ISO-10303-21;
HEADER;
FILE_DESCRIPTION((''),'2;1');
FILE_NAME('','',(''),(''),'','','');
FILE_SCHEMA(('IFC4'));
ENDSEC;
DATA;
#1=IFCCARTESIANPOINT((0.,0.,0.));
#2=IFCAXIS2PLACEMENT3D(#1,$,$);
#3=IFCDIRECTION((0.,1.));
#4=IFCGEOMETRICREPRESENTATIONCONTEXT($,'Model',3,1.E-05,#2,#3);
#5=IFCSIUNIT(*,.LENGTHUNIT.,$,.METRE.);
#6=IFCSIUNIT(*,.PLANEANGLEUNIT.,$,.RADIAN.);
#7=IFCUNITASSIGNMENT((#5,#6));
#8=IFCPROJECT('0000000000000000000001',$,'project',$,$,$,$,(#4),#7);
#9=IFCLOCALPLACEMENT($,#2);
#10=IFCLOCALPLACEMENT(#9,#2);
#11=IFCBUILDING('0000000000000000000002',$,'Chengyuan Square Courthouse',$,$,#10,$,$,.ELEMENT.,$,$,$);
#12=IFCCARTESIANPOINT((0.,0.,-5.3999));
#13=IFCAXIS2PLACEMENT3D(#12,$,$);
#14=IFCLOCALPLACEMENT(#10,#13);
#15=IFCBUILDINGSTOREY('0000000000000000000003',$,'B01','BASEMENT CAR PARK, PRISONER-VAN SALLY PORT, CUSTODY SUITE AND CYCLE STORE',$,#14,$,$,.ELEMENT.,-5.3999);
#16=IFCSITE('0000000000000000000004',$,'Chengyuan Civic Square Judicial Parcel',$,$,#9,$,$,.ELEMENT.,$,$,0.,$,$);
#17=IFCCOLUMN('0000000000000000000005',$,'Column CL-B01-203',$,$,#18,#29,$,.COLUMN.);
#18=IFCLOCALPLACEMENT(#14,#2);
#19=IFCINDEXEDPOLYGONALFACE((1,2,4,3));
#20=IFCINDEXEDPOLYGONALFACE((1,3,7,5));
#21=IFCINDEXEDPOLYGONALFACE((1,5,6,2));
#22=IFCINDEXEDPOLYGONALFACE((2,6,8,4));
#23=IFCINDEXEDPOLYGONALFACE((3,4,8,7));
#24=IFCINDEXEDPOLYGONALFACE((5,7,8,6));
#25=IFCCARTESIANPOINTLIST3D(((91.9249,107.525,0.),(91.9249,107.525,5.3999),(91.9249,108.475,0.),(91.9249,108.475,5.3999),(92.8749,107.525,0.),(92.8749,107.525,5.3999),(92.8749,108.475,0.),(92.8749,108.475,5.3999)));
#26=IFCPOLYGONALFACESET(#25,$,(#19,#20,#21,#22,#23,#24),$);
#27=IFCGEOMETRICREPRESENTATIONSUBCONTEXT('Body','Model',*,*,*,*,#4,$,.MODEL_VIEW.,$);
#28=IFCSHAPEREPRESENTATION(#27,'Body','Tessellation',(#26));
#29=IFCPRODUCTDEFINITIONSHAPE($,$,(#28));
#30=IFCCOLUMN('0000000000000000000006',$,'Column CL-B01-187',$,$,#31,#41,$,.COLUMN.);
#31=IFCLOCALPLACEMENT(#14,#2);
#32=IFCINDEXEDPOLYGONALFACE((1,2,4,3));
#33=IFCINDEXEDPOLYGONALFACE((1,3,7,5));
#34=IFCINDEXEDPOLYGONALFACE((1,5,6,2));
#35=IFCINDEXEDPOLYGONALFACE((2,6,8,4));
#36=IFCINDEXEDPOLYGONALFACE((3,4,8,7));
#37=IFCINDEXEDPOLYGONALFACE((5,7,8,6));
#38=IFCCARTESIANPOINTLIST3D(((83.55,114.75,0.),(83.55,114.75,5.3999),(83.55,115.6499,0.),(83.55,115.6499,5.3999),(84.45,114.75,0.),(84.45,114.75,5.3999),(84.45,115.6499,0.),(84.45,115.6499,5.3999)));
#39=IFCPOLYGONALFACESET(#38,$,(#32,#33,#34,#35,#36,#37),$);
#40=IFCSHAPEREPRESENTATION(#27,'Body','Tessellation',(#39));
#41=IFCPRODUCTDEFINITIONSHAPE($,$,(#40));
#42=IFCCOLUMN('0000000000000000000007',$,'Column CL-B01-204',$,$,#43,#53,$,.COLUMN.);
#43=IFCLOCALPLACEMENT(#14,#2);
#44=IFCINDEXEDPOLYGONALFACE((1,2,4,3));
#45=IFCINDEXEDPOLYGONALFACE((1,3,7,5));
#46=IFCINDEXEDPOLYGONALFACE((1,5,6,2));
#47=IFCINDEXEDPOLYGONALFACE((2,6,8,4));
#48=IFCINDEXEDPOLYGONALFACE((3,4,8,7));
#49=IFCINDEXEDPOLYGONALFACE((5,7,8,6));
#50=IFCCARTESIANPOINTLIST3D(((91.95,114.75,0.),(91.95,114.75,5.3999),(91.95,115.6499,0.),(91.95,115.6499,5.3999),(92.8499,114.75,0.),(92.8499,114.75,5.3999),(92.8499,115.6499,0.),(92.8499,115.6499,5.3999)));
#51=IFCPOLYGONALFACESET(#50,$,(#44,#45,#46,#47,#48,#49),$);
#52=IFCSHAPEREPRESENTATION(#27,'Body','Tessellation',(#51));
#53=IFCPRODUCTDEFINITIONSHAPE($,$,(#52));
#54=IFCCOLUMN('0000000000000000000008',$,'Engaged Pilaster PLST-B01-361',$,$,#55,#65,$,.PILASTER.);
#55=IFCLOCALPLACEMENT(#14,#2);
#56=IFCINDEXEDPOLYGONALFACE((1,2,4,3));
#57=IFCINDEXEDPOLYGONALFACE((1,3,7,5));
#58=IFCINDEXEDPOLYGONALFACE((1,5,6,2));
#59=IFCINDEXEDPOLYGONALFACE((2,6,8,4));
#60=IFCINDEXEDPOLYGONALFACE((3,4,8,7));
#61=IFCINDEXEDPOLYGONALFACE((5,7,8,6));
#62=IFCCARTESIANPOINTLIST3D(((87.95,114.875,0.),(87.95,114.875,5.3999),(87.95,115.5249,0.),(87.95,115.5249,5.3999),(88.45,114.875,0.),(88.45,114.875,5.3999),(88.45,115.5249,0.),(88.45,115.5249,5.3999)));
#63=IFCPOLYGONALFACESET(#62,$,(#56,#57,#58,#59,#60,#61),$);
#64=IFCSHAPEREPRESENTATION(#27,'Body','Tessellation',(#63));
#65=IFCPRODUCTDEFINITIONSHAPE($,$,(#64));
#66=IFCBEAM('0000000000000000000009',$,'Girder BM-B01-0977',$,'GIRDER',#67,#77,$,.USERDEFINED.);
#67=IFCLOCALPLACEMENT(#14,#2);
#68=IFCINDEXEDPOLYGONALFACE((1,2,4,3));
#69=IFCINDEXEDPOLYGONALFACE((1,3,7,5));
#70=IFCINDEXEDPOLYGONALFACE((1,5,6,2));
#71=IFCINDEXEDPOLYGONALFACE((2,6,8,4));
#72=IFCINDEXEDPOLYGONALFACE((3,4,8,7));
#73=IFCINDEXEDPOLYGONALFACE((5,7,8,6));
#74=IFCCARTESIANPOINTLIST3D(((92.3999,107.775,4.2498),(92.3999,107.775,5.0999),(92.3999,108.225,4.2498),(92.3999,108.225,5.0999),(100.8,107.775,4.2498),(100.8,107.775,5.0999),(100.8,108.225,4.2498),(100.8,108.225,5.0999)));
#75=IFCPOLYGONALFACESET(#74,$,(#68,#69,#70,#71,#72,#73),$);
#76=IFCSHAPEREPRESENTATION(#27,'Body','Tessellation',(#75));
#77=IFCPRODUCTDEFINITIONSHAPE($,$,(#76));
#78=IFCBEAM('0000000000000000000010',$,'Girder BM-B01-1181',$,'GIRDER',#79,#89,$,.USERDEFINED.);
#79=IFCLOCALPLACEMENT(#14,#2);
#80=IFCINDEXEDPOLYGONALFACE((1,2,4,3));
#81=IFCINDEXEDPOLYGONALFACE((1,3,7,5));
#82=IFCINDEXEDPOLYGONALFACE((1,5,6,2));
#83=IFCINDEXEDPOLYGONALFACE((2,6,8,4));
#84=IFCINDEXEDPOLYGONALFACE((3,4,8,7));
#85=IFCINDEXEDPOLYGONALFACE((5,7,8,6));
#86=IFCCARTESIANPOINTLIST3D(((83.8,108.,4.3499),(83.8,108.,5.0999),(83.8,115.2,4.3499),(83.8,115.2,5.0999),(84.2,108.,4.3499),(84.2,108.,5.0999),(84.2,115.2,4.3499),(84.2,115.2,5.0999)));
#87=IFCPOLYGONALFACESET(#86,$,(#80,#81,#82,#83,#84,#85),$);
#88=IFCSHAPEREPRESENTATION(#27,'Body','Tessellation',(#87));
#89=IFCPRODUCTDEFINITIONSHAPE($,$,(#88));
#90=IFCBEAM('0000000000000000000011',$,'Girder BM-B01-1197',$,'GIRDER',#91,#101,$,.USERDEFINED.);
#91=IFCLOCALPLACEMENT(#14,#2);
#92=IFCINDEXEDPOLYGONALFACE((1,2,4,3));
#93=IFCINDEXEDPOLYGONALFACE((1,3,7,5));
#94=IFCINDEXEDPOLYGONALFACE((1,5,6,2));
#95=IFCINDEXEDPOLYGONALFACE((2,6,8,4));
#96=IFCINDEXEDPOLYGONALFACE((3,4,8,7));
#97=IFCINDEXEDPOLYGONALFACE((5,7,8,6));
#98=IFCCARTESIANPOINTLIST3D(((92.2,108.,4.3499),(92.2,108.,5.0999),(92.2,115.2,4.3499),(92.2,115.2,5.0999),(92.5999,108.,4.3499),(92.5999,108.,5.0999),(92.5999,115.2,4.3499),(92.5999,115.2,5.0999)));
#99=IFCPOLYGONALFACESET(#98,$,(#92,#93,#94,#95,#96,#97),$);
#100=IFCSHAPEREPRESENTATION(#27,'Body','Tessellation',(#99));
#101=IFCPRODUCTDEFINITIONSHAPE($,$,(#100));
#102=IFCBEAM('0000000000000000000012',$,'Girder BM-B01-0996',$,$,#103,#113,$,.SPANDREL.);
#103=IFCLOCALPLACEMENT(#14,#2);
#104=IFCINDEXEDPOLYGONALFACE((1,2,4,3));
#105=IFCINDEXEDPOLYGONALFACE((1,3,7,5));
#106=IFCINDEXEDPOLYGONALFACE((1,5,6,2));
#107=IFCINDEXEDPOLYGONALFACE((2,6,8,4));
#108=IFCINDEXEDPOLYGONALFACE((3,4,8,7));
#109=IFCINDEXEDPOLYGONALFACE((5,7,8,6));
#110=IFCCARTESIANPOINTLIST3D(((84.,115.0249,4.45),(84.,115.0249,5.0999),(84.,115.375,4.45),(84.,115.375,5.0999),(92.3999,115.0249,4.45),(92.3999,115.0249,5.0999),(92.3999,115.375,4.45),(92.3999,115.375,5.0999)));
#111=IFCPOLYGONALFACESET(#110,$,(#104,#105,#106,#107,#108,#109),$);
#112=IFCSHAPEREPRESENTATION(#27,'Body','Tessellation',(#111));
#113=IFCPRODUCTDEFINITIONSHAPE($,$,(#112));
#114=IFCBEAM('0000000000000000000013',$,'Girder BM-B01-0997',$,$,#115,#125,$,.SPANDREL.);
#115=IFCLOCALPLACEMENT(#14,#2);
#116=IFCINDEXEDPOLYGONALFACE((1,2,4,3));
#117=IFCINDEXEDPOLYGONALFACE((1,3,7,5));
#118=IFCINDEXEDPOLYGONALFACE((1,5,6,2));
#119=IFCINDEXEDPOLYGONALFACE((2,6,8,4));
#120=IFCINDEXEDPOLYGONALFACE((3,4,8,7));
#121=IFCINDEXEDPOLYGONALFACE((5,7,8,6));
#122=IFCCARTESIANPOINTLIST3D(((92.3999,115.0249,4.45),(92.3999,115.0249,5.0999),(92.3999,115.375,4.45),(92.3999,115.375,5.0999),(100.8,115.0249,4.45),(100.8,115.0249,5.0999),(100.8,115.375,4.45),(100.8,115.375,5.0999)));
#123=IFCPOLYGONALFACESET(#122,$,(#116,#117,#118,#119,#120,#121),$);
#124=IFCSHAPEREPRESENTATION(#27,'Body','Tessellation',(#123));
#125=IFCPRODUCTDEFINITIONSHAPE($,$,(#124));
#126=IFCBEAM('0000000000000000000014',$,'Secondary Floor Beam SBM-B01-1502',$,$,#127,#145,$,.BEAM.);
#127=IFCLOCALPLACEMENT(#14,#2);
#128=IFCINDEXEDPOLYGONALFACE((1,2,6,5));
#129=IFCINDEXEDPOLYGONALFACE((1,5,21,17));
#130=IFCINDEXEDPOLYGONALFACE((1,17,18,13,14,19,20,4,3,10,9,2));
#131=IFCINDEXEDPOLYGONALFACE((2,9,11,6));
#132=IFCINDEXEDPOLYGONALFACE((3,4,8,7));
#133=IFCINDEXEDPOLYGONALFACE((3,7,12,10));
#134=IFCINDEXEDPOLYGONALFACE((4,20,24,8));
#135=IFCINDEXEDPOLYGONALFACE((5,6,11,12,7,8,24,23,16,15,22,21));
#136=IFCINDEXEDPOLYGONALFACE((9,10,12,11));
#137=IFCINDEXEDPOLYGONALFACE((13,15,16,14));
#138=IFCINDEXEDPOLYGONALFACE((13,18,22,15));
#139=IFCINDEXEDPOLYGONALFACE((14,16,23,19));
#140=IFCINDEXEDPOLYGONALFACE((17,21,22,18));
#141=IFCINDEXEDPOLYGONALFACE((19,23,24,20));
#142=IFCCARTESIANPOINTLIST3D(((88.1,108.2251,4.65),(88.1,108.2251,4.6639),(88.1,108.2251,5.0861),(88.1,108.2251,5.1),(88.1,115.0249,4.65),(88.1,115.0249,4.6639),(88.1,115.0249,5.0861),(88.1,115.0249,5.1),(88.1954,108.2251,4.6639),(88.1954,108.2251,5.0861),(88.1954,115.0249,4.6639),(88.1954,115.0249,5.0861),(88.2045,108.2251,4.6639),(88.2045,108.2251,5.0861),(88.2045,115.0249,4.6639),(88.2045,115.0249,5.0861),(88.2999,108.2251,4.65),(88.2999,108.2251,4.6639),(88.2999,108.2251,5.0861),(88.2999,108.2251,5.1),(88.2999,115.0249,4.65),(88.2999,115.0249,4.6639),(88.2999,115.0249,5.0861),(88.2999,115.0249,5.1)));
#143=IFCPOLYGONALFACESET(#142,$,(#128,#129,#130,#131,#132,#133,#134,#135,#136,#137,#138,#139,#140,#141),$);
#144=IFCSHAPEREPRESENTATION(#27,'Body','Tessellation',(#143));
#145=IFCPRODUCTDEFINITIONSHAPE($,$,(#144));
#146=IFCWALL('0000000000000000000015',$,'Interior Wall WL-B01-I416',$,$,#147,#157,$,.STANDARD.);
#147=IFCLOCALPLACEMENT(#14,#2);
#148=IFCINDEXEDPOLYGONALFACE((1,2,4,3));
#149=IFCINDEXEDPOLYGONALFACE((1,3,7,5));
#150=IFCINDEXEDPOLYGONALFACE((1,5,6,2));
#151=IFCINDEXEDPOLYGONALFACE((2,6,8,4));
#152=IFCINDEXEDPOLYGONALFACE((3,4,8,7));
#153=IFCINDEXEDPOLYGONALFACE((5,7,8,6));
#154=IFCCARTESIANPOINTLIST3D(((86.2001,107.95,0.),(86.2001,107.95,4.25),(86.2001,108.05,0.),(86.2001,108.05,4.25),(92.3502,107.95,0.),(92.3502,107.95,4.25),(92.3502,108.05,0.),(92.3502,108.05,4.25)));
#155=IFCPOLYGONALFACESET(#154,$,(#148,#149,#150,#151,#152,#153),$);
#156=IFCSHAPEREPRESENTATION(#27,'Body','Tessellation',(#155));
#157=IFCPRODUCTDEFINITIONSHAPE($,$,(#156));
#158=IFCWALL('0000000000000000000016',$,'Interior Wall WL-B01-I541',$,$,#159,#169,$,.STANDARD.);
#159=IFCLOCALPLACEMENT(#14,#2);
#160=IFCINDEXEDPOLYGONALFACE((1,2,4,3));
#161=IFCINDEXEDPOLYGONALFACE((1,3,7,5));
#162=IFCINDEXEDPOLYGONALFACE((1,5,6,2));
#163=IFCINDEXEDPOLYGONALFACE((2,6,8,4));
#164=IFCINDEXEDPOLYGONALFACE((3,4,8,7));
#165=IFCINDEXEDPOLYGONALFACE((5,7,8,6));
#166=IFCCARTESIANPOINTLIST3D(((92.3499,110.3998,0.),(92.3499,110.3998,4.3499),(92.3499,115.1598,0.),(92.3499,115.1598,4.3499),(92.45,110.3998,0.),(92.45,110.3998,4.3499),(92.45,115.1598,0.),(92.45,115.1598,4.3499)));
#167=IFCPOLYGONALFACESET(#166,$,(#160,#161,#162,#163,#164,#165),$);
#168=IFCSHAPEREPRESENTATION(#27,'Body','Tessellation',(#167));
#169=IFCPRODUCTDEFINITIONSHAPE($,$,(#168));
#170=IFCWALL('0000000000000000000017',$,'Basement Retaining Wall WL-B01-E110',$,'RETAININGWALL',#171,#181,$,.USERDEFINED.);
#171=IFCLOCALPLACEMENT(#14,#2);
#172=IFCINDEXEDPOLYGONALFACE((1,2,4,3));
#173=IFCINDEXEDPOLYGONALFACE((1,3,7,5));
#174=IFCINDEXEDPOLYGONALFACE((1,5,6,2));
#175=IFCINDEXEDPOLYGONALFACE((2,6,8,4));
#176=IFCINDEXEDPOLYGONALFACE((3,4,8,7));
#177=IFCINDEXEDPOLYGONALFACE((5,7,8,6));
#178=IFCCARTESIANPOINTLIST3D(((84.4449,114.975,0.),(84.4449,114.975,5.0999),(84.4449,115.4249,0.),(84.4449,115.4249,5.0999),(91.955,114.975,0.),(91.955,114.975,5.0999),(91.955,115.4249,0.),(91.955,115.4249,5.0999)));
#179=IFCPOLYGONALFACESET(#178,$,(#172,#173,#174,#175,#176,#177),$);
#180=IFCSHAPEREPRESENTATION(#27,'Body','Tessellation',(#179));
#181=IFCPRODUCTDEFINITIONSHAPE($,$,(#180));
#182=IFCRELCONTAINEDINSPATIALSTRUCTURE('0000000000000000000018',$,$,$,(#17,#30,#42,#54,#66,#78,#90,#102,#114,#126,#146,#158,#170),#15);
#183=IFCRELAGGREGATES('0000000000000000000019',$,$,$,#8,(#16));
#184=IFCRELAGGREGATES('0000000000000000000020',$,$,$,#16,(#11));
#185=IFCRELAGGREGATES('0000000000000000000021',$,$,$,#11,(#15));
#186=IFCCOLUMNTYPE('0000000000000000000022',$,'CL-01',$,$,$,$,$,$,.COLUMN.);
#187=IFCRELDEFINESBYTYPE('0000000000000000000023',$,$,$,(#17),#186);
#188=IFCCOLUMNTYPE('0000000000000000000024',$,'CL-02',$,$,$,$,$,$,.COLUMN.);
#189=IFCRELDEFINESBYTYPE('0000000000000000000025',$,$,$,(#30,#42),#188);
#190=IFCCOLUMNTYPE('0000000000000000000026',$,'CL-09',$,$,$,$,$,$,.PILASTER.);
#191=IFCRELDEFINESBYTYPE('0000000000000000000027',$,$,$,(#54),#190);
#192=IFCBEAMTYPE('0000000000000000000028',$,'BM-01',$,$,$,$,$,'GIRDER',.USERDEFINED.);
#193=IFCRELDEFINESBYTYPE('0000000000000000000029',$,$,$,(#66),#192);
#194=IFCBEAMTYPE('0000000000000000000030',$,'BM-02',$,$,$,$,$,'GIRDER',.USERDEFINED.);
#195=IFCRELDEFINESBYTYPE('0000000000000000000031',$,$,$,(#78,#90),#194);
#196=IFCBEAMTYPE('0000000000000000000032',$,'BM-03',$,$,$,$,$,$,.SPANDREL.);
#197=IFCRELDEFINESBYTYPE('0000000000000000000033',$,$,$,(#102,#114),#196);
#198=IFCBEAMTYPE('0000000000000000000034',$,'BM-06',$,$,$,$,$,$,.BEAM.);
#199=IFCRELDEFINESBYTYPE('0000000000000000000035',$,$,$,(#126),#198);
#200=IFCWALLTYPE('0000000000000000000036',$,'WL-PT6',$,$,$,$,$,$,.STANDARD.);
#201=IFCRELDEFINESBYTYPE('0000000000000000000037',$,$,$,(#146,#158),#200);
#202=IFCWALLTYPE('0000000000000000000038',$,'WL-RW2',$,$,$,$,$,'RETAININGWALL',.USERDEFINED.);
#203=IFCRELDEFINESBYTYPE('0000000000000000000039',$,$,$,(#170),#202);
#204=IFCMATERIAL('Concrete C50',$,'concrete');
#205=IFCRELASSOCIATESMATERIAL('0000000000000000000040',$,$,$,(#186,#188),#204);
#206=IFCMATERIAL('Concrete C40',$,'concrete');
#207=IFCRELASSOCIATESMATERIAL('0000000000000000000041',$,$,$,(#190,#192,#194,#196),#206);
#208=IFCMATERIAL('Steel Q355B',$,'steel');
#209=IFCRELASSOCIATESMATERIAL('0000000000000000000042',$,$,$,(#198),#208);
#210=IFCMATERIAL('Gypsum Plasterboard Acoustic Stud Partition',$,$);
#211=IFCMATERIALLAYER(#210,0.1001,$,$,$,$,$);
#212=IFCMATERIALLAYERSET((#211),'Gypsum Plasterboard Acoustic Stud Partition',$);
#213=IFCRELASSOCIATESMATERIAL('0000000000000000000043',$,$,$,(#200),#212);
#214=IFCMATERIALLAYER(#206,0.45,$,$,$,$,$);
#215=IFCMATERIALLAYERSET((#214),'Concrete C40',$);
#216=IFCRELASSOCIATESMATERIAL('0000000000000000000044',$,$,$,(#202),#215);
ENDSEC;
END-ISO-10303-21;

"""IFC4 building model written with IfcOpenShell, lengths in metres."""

from ifc_helpers import new_model, si_unit, direction, frame, frame_2d, origin, origin_2d, place, context, subcontext, project, spatial, rectangle, i_section, extrude, material, layer, layer_set, material_profile, profile_set, type_object, element, save


model = new_model("IFC4")

# Units and contexts
model_context = context("Model", 3, precision=1e-05, world=origin(), true_north=direction((0.0, 1.0)))
body_context = subcontext(model_context, "Body", "Model", "MODEL_VIEW")
ifc_project = project(units=[si_unit("LENGTHUNIT", "METRE"), si_unit("PLANEANGLEUNIT", "RADIAN")], contexts=[model_context])

# Site, building, storey
site_placement = place(None, origin())
site = spatial("IfcSite", under=ifc_project, at=site_placement, Name="Chengyuan Civic Square Judicial Parcel", CompositionType="ELEMENT", RefElevation=0.0)
building_placement = place(site_placement, origin())
building = spatial("IfcBuilding", under=site, at=building_placement, Name="Chengyuan Square Courthouse", CompositionType="ELEMENT")
storey_placement = place(building_placement, frame((0.0, 0.0, -5.3999)))
storey = spatial("IfcBuildingStorey", under=building, at=storey_placement, Name="B01", Description="BASEMENT CAR PARK, PRISONER-VAN SALLY PORT, CUSTODY SUITE AND CYCLE STORE", CompositionType="ELEMENT", Elevation=-5.3999)

# Columns
ifc_material_1 = material(Name="Concrete C50", Category="concrete")
ifc_material_profile_1 = material_profile(ifc_material_1, rectangle(XDim=0.95, YDim=0.95, at=origin_2d()), Name="RC-COL-950x950")
ifc_profile_set_1 = profile_set([ifc_material_profile_1], Name="Concrete C50")
column_type_1 = type_object("IfcColumnType", Name="CL-01", PredefinedType="COLUMN", material=ifc_profile_set_1)
column_1_placement = place(storey_placement, frame((92.3999, 108.0, 0.0), z_axis=(0.0, 0.0, 1.0), x_axis=(1.0, 0.0, 0.0)))
element("IfcColumn", 1, at=column_1_placement, inside=storey, type_object=column_type_1, Name="Column CL-B01-203", PredefinedType="COLUMN", context=body_context, shape_type="SweptSolid", body=[
    extrude(rectangle(XDim=0.95, YDim=0.95, at=origin_2d()), origin(), (0.0, 0.0, 1.0), 5.3999),
])
ifc_material_profile_2 = material_profile(ifc_material_1, rectangle(XDim=0.8999, YDim=0.8999, at=origin_2d()), Name="RC-COL-900x900")
ifc_profile_set_2 = profile_set([ifc_material_profile_2], Name="Concrete C50")
column_type_2 = type_object("IfcColumnType", Name="CL-02", PredefinedType="COLUMN", material=ifc_profile_set_2)
for number, where, z_axis, x_axis, name in (
    (2, (84.0, 115.2, 0.0), (0.0, 0.0, 1.0), (1.0, 0.0, 0.0), "Column CL-B01-187"),
    (3, (92.3999, 115.2, 0.0), (0.0, 0.0, 1.0), (1.0, 0.0, 0.0), "Column CL-B01-204"),
):
    element("IfcColumn", number, at=place(storey_placement, frame(where, z_axis=z_axis, x_axis=x_axis)), inside=storey, type_object=column_type_2, Name=name, PredefinedType="COLUMN", context=body_context, shape_type="SweptSolid", body=[
        extrude(rectangle(XDim=0.8999, YDim=0.8999, at=origin_2d()), origin(), (0.0, 0.0, 1.0), 5.3999),
    ])
ifc_material_2 = material(Name="Concrete C40", Category="concrete")
ifc_material_profile_3 = material_profile(ifc_material_2, rectangle(XDim=0.5, YDim=0.6499, at=origin_2d()), Name="RC-PIL-500x650")
ifc_profile_set_3 = profile_set([ifc_material_profile_3], Name="Concrete C40")
column_type_3 = type_object("IfcColumnType", Name="CL-09", PredefinedType="PILASTER", material=ifc_profile_set_3)
column_2_placement = place(storey_placement, frame((88.2, 115.2, 0.0), z_axis=(0.0, 0.0, 1.0), x_axis=(1.0, 0.0, 0.0)))
element("IfcColumn", 4, at=column_2_placement, inside=storey, type_object=column_type_3, Name="Engaged Pilaster PLST-B01-361", PredefinedType="PILASTER", context=body_context, shape_type="SweptSolid", body=[
    extrude(rectangle(XDim=0.5, YDim=0.6499, at=origin_2d()), origin(), (0.0, 0.0, 1.0), 5.3999),
])

# Beams
ifc_material_profile_4 = material_profile(ifc_material_2, rectangle(XDim=0.45, YDim=0.8501, at=origin_2d()), Name="RC-BM-450x850")
ifc_profile_set_4 = profile_set([ifc_material_profile_4], Name="Concrete C40")
beam_type_1 = type_object("IfcBeamType", Name="BM-01", ElementType="GIRDER", PredefinedType="USERDEFINED", material=ifc_profile_set_4)
beam_1_placement = place(storey_placement, frame((92.3999, 108.0, 4.6748), z_axis=(1.0, 0.0, 0.0), x_axis=(0.0, 1.0, 0.0)))
element("IfcBeam", 5, at=beam_1_placement, inside=storey, type_object=beam_type_1, Name="Girder BM-B01-0977", ObjectType="GIRDER", PredefinedType="USERDEFINED", context=body_context, shape_type="SweptSolid", body=[
    extrude(rectangle(XDim=0.45, YDim=0.8501, at=origin_2d()), origin(), (0.0, 0.0, 1.0), 8.4001),
])
ifc_material_profile_5 = material_profile(ifc_material_2, rectangle(XDim=0.3999, YDim=0.75, at=origin_2d()), Name="RC-BM-400x750")
ifc_profile_set_5 = profile_set([ifc_material_profile_5], Name="Concrete C40")
beam_type_2 = type_object("IfcBeamType", Name="BM-02", ElementType="GIRDER", PredefinedType="USERDEFINED", material=ifc_profile_set_5)
for number, where, z_axis, x_axis, name in (
    (6, (84.0, 108.0, 4.7249), (0.0, 1.0, 0.0), (-1.0, 0.0, 0.0), "Girder BM-B01-1181"),
    (7, (92.3999, 108.0, 4.7249), (0.0, 1.0, 0.0), (-1.0, 0.0, 0.0), "Girder BM-B01-1197"),
):
    element("IfcBeam", number, at=place(storey_placement, frame(where, z_axis=z_axis, x_axis=x_axis)), inside=storey, type_object=beam_type_2, Name=name, ObjectType="GIRDER", PredefinedType="USERDEFINED", context=body_context, shape_type="SweptSolid", body=[
        extrude(rectangle(XDim=0.3999, YDim=0.75, at=origin_2d()), origin(), (0.0, 0.0, 1.0), 7.2),
    ])
ifc_material_profile_6 = material_profile(ifc_material_2, rectangle(XDim=0.3501, YDim=0.6499, at=origin_2d()), Name="RC-BM-350x650")
ifc_profile_set_6 = profile_set([ifc_material_profile_6], Name="Concrete C40")
beam_type_3 = type_object("IfcBeamType", Name="BM-03", PredefinedType="SPANDREL", material=ifc_profile_set_6)
beam_2_placement = place(storey_placement, frame((84.0, 115.2, 4.7749), z_axis=(1.0, 0.0, 0.0), x_axis=(0.0, 1.0, 0.0)))
element("IfcBeam", 8, at=beam_2_placement, inside=storey, type_object=beam_type_3, Name="Girder BM-B01-0996", PredefinedType="SPANDREL", context=body_context, shape_type="SweptSolid", body=[
    extrude(rectangle(XDim=0.3501, YDim=0.6499, at=origin_2d()), origin(), (0.0, 0.0, 1.0), 8.3999),
])
beam_3_placement = place(storey_placement, frame((92.3999, 115.2, 4.7749), z_axis=(1.0, 0.0, 0.0), x_axis=(0.0, 1.0, 0.0)))
element("IfcBeam", 9, at=beam_3_placement, inside=storey, type_object=beam_type_3, Name="Girder BM-B01-0997", PredefinedType="SPANDREL", context=body_context, shape_type="SweptSolid", body=[
    extrude(rectangle(XDim=0.3501, YDim=0.6499, at=origin_2d()), origin(), (0.0, 0.0, 1.0), 8.4001),
])
ifc_material_3 = material(Name="Steel Q355B", Category="steel")
ifc_material_profile_7 = material_profile(ifc_material_3, i_section(OverallWidth=0.2, OverallDepth=0.45, WebThickness=0.009, FlangeThickness=0.0139, at=origin_2d()), Name="HN 450x200x9x14")
ifc_profile_set_7 = profile_set([ifc_material_profile_7], Name="Steel Q355B")
beam_type_4 = type_object("IfcBeamType", Name="BM-06", PredefinedType="BEAM", material=ifc_profile_set_7)
beam_4_placement = place(storey_placement, frame((88.2, 108.2251, 4.875), z_axis=(0.0, 1.0, 0.0), x_axis=(-1.0, 0.0, 0.0)))
element("IfcBeam", 10, at=beam_4_placement, inside=storey, type_object=beam_type_4, Name="Secondary Floor Beam SBM-B01-1502", PredefinedType="BEAM", context=body_context, shape_type="SweptSolid", body=[
    extrude(i_section(OverallWidth=0.2, OverallDepth=0.45, WebThickness=0.009, FlangeThickness=0.0139, at=origin_2d()), origin(), (0.0, 0.0, 1.0), 6.7998),
])

# Walls
ifc_material_4 = material(Name="Gypsum Plasterboard Acoustic Stud Partition")
ifc_layer_1 = layer(ifc_material_4, 0.1001)
ifc_layer_set_1 = layer_set([ifc_layer_1], Name="Gypsum Plasterboard Acoustic Stud Partition")
wall_type_1 = type_object("IfcWallType", Name="WL-PT6", PredefinedType="STANDARD", material=ifc_layer_set_1)
wall_1_placement = place(storey_placement, frame((86.2, 108.0, 0.0), z_axis=(0.0, 0.0, 1.0), x_axis=(1.0, 0.0, 0.0)))
element("IfcWall", 11, at=wall_1_placement, inside=storey, type_object=wall_type_1, Name="Interior Wall WL-B01-I416", PredefinedType="STANDARD", context=body_context, shape_type="SweptSolid", body=[
    extrude(rectangle(XDim=6.1501, YDim=0.1001, at=frame_2d((3.0752, 0.0))), origin(), (0.0, 0.0, 1.0), 4.25),
])
wall_2_placement = place(storey_placement, frame((92.3999, 110.3999, 0.0), z_axis=(0.0, 0.0, 1.0), x_axis=(0.0, 1.0, 0.0)))
element("IfcWall", 12, at=wall_2_placement, inside=storey, type_object=wall_type_1, Name="Interior Wall WL-B01-I541", PredefinedType="STANDARD", context=body_context, shape_type="SweptSolid", body=[
    extrude(rectangle(XDim=4.76, YDim=0.1001, at=frame_2d((2.3799, 0.0))), origin(), (0.0, 0.0, 1.0), 4.3499),
])
ifc_layer_2 = layer(ifc_material_2, 0.45)
ifc_layer_set_2 = layer_set([ifc_layer_2], Name="Concrete C40")
wall_type_2 = type_object("IfcWallType", Name="WL-RW2", ElementType="RETAININGWALL", PredefinedType="USERDEFINED", material=ifc_layer_set_2)
for number, where, z_axis, x_axis, name in (
    (13, (84.4451, 115.2, 0.0), (0.0, 0.0, 1.0), (1.0, 0.0, 0.0), "Basement Retaining Wall WL-B01-E110"),
):
    element("IfcWall", number, at=place(storey_placement, frame(where, z_axis=z_axis, x_axis=x_axis)), inside=storey, type_object=wall_type_2, Name=name, ObjectType="RETAININGWALL", PredefinedType="USERDEFINED", context=body_context, shape_type="SweptSolid", body=[
        extrude(rectangle(XDim=7.51, YDim=0.45, at=frame_2d((3.7549, 0.0))), origin(), (0.0, 0.0, 1.0), 5.0999),
    ])

save(model, "model.ifc")
